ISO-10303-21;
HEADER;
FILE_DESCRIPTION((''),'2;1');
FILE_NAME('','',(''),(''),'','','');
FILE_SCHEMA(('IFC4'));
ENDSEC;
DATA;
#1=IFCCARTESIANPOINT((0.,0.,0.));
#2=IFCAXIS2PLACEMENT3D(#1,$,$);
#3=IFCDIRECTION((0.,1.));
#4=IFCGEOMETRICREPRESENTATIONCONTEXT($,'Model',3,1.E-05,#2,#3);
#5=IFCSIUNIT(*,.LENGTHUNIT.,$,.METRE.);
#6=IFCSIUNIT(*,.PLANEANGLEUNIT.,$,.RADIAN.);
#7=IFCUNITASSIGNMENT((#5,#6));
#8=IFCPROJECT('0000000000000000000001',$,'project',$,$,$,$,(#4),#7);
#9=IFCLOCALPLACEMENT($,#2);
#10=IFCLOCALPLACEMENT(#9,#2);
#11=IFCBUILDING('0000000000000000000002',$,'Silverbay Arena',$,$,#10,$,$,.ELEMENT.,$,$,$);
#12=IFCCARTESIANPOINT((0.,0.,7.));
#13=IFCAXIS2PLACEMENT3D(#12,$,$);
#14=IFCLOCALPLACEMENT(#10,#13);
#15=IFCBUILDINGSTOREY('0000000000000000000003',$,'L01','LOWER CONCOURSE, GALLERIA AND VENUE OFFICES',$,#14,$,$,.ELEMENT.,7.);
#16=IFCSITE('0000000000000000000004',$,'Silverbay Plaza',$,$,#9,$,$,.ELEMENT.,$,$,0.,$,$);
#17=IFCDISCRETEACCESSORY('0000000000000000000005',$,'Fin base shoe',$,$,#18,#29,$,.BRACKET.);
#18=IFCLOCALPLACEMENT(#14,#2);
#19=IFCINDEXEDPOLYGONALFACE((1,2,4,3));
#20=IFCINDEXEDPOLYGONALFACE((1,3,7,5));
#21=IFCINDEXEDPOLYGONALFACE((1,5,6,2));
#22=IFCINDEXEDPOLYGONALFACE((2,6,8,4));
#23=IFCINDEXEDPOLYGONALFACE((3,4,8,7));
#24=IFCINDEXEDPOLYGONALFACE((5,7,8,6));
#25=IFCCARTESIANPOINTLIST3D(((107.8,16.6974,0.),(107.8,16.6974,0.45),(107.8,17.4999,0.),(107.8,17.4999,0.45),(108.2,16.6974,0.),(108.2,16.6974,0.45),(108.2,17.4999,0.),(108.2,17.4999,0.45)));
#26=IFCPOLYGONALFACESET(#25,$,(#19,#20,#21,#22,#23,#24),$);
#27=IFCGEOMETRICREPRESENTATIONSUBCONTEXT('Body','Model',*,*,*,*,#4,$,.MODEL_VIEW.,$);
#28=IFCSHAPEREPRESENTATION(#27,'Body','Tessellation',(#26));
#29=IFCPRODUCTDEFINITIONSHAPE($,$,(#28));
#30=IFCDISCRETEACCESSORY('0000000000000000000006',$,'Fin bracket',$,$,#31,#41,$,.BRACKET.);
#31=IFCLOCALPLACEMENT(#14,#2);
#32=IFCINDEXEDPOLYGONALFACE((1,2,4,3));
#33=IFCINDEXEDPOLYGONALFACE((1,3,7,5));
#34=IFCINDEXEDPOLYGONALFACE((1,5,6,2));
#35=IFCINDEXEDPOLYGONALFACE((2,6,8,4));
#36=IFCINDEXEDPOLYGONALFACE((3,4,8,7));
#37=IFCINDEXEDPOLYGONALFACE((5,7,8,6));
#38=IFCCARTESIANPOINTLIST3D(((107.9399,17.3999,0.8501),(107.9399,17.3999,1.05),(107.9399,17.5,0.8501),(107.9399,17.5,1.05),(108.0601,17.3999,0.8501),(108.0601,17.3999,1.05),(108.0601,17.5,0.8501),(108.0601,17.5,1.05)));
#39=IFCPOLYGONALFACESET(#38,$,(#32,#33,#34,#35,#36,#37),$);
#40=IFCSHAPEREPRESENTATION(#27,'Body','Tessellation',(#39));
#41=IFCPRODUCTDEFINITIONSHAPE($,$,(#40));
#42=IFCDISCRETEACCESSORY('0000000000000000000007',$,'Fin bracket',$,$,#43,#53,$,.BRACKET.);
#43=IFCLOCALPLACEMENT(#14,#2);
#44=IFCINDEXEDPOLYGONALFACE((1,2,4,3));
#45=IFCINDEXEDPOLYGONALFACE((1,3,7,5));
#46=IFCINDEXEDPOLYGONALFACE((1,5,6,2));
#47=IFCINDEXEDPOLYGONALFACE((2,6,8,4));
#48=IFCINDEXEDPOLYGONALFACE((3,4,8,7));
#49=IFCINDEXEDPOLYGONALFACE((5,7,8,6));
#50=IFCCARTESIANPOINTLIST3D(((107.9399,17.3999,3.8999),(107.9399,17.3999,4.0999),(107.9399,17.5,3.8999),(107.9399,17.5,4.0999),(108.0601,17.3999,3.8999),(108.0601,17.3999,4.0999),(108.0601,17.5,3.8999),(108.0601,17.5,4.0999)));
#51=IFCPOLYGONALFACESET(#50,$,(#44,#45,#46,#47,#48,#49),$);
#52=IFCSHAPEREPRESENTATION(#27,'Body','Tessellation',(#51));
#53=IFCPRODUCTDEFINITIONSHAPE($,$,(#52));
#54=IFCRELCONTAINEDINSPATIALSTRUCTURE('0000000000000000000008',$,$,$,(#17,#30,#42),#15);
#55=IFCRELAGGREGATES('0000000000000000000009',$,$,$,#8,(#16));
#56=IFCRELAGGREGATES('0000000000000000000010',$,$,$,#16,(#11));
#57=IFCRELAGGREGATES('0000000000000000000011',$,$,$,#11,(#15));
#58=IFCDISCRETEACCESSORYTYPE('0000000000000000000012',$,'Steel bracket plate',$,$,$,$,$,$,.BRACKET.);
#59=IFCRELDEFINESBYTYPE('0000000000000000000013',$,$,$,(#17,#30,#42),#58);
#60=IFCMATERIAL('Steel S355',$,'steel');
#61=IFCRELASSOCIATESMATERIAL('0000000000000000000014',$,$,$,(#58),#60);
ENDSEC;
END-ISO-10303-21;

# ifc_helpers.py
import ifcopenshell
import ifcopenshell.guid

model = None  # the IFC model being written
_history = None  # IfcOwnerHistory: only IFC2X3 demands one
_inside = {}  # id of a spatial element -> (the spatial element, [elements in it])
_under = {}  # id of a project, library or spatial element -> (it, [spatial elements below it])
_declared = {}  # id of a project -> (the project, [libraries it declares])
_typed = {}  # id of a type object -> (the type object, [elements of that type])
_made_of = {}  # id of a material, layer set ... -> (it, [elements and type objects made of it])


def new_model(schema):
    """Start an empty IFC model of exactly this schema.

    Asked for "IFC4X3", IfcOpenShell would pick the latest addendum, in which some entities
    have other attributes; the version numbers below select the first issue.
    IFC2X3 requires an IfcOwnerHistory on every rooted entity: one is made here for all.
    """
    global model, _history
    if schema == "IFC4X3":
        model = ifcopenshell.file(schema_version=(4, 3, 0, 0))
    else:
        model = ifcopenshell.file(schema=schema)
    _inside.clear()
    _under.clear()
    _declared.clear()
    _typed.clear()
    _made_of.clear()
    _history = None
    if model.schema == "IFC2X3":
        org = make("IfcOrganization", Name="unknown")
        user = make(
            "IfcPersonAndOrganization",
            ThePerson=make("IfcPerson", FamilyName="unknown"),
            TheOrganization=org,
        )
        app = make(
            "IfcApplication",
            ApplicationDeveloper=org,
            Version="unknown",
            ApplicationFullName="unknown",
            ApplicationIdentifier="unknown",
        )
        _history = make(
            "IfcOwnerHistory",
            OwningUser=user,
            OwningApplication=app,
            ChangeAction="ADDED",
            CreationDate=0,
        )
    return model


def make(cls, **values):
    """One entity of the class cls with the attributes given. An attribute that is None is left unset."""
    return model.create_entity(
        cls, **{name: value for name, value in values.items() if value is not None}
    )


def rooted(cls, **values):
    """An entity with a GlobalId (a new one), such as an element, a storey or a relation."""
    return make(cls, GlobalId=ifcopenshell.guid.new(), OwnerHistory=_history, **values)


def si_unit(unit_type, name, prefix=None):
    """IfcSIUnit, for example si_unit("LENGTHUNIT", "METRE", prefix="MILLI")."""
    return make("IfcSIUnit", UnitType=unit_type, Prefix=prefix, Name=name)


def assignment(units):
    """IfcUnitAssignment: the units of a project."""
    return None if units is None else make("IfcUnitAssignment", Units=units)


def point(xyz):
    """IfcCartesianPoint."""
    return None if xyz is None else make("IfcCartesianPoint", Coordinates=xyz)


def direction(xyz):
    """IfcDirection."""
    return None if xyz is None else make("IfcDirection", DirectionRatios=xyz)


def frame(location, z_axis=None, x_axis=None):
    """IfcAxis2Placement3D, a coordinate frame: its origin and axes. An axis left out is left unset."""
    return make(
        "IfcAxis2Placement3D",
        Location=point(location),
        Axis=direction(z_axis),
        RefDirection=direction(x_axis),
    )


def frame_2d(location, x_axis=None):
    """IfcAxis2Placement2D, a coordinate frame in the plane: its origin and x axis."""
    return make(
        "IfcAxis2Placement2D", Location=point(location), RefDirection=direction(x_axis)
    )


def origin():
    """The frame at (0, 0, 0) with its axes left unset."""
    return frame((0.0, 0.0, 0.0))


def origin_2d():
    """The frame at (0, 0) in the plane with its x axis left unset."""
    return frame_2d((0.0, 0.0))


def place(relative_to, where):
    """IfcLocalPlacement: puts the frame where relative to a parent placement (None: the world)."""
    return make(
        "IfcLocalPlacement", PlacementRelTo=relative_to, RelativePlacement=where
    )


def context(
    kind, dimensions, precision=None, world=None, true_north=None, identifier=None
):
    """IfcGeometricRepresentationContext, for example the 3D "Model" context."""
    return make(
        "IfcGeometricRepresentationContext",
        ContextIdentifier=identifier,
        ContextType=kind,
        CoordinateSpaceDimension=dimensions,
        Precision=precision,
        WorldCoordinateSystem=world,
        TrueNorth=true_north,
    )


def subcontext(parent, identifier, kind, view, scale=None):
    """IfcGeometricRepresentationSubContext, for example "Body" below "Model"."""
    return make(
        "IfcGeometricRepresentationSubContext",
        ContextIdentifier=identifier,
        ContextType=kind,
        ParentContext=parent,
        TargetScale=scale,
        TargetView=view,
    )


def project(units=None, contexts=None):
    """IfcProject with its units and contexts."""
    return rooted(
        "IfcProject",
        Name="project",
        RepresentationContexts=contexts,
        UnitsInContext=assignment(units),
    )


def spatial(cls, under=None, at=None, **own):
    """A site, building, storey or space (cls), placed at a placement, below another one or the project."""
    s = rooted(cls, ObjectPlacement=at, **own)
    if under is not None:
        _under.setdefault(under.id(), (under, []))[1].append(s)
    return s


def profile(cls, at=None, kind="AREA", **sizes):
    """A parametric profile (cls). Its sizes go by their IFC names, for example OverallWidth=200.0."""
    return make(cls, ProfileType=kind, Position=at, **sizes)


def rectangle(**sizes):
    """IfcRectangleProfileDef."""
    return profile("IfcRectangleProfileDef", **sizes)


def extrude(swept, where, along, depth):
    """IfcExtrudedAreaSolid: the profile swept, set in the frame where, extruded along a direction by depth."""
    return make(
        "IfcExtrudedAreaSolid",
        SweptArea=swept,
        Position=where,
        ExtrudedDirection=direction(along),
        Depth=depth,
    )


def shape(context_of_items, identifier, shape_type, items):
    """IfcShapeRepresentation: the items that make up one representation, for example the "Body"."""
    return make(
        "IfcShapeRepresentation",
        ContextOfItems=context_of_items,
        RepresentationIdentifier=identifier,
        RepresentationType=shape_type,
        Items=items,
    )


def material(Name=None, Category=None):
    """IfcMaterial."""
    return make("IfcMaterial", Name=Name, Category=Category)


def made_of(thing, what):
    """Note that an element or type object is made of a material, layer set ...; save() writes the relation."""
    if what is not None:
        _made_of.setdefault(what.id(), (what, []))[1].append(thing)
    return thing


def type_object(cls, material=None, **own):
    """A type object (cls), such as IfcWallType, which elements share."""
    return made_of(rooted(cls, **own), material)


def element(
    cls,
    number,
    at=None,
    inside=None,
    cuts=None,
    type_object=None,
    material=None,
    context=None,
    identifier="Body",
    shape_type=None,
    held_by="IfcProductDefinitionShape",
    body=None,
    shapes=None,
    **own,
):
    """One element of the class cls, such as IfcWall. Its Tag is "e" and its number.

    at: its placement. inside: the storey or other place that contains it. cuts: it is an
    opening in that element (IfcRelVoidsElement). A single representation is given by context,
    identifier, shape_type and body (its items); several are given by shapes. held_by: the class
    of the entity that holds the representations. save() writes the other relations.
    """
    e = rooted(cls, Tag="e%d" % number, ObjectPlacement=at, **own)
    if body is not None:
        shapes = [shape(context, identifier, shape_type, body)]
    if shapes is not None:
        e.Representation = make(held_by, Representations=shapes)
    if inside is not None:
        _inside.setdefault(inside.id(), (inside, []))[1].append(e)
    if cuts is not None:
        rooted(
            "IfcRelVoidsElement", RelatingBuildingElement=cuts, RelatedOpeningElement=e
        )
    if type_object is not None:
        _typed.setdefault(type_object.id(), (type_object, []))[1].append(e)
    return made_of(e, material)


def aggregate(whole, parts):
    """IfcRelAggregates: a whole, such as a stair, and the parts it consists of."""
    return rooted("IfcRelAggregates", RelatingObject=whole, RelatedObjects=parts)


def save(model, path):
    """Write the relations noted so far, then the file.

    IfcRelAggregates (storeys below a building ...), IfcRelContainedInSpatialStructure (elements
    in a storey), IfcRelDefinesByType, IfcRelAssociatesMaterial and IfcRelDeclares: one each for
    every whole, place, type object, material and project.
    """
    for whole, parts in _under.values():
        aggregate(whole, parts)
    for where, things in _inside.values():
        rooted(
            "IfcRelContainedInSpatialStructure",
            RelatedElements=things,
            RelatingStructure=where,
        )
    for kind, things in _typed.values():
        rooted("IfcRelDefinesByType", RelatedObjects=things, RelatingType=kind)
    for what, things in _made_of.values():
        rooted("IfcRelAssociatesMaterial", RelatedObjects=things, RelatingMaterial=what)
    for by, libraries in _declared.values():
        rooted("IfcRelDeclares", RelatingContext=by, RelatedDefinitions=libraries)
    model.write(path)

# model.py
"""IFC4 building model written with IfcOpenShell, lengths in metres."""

from ifc_helpers import new_model, si_unit, direction, frame, origin, origin_2d, place, context, subcontext, project, spatial, rectangle, extrude, material, type_object, element, save


model = new_model("IFC4")

# Units and contexts
model_context = context("Model", 3, precision=1e-05, world=origin(), true_north=direction((0.0, 1.0)))
body_context = subcontext(model_context, "Body", "Model", "MODEL_VIEW")
ifc_project = project(units=[si_unit("LENGTHUNIT", "METRE"), si_unit("PLANEANGLEUNIT", "RADIAN")], contexts=[model_context])

# Site, building, storey
site_placement = place(None, origin())
site = spatial("IfcSite", under=ifc_project, at=site_placement, Name="Silverbay Plaza", CompositionType="ELEMENT", RefElevation=0.0)
building_placement = place(site_placement, origin())
building = spatial("IfcBuilding", under=site, at=building_placement, Name="Silverbay Arena", CompositionType="ELEMENT")
storey_placement = place(building_placement, frame((0.0, 0.0, 7.0)))
storey = spatial("IfcBuildingStorey", under=building, at=storey_placement, Name="L01", Description="LOWER CONCOURSE, GALLERIA AND VENUE OFFICES", CompositionType="ELEMENT", Elevation=7.0)

# Discrete accessories
ifc_material_1 = material(Name="Steel S355", Category="steel")
discrete_accessory_type = type_object("IfcDiscreteAccessoryType", Name="Steel bracket plate", PredefinedType="BRACKET", material=ifc_material_1)
discrete_accessory_1_placement = place(storey_placement, frame((108.0, 17.0986, 0.0), z_axis=(0.0, 0.0, 1.0), x_axis=(1.0, 0.0, 0.0)))
element("IfcDiscreteAccessory", 1, at=discrete_accessory_1_placement, inside=storey, type_object=discrete_accessory_type, Name="Fin base shoe", PredefinedType="BRACKET", context=body_context, shape_type="SweptSolid", body=[
    extrude(rectangle(XDim=0.3999, YDim=0.8025, at=origin_2d()), origin(), (0.0, 0.0, 1.0), 0.45),
])
for number, where, z_axis, x_axis, name in (
    (2, (108.0, 17.45, 0.8501), (0.0, 0.0, 1.0), (1.0, 0.0, 0.0), "Fin bracket"),
    (3, (108.0, 17.45, 3.8999), (0.0, 0.0, 1.0), (1.0, 0.0, 0.0), "Fin bracket"),
):
    element("IfcDiscreteAccessory", number, at=place(storey_placement, frame(where, z_axis=z_axis, x_axis=x_axis)), inside=storey, type_object=discrete_accessory_type, Name=name, PredefinedType="BRACKET", context=body_context, shape_type="SweptSolid", body=[
        extrude(rectangle(XDim=0.1201, YDim=0.1001, at=origin_2d()), origin(), (0.0, 0.0, 1.0), 0.2),
    ])

save(model, "model.ifc")
